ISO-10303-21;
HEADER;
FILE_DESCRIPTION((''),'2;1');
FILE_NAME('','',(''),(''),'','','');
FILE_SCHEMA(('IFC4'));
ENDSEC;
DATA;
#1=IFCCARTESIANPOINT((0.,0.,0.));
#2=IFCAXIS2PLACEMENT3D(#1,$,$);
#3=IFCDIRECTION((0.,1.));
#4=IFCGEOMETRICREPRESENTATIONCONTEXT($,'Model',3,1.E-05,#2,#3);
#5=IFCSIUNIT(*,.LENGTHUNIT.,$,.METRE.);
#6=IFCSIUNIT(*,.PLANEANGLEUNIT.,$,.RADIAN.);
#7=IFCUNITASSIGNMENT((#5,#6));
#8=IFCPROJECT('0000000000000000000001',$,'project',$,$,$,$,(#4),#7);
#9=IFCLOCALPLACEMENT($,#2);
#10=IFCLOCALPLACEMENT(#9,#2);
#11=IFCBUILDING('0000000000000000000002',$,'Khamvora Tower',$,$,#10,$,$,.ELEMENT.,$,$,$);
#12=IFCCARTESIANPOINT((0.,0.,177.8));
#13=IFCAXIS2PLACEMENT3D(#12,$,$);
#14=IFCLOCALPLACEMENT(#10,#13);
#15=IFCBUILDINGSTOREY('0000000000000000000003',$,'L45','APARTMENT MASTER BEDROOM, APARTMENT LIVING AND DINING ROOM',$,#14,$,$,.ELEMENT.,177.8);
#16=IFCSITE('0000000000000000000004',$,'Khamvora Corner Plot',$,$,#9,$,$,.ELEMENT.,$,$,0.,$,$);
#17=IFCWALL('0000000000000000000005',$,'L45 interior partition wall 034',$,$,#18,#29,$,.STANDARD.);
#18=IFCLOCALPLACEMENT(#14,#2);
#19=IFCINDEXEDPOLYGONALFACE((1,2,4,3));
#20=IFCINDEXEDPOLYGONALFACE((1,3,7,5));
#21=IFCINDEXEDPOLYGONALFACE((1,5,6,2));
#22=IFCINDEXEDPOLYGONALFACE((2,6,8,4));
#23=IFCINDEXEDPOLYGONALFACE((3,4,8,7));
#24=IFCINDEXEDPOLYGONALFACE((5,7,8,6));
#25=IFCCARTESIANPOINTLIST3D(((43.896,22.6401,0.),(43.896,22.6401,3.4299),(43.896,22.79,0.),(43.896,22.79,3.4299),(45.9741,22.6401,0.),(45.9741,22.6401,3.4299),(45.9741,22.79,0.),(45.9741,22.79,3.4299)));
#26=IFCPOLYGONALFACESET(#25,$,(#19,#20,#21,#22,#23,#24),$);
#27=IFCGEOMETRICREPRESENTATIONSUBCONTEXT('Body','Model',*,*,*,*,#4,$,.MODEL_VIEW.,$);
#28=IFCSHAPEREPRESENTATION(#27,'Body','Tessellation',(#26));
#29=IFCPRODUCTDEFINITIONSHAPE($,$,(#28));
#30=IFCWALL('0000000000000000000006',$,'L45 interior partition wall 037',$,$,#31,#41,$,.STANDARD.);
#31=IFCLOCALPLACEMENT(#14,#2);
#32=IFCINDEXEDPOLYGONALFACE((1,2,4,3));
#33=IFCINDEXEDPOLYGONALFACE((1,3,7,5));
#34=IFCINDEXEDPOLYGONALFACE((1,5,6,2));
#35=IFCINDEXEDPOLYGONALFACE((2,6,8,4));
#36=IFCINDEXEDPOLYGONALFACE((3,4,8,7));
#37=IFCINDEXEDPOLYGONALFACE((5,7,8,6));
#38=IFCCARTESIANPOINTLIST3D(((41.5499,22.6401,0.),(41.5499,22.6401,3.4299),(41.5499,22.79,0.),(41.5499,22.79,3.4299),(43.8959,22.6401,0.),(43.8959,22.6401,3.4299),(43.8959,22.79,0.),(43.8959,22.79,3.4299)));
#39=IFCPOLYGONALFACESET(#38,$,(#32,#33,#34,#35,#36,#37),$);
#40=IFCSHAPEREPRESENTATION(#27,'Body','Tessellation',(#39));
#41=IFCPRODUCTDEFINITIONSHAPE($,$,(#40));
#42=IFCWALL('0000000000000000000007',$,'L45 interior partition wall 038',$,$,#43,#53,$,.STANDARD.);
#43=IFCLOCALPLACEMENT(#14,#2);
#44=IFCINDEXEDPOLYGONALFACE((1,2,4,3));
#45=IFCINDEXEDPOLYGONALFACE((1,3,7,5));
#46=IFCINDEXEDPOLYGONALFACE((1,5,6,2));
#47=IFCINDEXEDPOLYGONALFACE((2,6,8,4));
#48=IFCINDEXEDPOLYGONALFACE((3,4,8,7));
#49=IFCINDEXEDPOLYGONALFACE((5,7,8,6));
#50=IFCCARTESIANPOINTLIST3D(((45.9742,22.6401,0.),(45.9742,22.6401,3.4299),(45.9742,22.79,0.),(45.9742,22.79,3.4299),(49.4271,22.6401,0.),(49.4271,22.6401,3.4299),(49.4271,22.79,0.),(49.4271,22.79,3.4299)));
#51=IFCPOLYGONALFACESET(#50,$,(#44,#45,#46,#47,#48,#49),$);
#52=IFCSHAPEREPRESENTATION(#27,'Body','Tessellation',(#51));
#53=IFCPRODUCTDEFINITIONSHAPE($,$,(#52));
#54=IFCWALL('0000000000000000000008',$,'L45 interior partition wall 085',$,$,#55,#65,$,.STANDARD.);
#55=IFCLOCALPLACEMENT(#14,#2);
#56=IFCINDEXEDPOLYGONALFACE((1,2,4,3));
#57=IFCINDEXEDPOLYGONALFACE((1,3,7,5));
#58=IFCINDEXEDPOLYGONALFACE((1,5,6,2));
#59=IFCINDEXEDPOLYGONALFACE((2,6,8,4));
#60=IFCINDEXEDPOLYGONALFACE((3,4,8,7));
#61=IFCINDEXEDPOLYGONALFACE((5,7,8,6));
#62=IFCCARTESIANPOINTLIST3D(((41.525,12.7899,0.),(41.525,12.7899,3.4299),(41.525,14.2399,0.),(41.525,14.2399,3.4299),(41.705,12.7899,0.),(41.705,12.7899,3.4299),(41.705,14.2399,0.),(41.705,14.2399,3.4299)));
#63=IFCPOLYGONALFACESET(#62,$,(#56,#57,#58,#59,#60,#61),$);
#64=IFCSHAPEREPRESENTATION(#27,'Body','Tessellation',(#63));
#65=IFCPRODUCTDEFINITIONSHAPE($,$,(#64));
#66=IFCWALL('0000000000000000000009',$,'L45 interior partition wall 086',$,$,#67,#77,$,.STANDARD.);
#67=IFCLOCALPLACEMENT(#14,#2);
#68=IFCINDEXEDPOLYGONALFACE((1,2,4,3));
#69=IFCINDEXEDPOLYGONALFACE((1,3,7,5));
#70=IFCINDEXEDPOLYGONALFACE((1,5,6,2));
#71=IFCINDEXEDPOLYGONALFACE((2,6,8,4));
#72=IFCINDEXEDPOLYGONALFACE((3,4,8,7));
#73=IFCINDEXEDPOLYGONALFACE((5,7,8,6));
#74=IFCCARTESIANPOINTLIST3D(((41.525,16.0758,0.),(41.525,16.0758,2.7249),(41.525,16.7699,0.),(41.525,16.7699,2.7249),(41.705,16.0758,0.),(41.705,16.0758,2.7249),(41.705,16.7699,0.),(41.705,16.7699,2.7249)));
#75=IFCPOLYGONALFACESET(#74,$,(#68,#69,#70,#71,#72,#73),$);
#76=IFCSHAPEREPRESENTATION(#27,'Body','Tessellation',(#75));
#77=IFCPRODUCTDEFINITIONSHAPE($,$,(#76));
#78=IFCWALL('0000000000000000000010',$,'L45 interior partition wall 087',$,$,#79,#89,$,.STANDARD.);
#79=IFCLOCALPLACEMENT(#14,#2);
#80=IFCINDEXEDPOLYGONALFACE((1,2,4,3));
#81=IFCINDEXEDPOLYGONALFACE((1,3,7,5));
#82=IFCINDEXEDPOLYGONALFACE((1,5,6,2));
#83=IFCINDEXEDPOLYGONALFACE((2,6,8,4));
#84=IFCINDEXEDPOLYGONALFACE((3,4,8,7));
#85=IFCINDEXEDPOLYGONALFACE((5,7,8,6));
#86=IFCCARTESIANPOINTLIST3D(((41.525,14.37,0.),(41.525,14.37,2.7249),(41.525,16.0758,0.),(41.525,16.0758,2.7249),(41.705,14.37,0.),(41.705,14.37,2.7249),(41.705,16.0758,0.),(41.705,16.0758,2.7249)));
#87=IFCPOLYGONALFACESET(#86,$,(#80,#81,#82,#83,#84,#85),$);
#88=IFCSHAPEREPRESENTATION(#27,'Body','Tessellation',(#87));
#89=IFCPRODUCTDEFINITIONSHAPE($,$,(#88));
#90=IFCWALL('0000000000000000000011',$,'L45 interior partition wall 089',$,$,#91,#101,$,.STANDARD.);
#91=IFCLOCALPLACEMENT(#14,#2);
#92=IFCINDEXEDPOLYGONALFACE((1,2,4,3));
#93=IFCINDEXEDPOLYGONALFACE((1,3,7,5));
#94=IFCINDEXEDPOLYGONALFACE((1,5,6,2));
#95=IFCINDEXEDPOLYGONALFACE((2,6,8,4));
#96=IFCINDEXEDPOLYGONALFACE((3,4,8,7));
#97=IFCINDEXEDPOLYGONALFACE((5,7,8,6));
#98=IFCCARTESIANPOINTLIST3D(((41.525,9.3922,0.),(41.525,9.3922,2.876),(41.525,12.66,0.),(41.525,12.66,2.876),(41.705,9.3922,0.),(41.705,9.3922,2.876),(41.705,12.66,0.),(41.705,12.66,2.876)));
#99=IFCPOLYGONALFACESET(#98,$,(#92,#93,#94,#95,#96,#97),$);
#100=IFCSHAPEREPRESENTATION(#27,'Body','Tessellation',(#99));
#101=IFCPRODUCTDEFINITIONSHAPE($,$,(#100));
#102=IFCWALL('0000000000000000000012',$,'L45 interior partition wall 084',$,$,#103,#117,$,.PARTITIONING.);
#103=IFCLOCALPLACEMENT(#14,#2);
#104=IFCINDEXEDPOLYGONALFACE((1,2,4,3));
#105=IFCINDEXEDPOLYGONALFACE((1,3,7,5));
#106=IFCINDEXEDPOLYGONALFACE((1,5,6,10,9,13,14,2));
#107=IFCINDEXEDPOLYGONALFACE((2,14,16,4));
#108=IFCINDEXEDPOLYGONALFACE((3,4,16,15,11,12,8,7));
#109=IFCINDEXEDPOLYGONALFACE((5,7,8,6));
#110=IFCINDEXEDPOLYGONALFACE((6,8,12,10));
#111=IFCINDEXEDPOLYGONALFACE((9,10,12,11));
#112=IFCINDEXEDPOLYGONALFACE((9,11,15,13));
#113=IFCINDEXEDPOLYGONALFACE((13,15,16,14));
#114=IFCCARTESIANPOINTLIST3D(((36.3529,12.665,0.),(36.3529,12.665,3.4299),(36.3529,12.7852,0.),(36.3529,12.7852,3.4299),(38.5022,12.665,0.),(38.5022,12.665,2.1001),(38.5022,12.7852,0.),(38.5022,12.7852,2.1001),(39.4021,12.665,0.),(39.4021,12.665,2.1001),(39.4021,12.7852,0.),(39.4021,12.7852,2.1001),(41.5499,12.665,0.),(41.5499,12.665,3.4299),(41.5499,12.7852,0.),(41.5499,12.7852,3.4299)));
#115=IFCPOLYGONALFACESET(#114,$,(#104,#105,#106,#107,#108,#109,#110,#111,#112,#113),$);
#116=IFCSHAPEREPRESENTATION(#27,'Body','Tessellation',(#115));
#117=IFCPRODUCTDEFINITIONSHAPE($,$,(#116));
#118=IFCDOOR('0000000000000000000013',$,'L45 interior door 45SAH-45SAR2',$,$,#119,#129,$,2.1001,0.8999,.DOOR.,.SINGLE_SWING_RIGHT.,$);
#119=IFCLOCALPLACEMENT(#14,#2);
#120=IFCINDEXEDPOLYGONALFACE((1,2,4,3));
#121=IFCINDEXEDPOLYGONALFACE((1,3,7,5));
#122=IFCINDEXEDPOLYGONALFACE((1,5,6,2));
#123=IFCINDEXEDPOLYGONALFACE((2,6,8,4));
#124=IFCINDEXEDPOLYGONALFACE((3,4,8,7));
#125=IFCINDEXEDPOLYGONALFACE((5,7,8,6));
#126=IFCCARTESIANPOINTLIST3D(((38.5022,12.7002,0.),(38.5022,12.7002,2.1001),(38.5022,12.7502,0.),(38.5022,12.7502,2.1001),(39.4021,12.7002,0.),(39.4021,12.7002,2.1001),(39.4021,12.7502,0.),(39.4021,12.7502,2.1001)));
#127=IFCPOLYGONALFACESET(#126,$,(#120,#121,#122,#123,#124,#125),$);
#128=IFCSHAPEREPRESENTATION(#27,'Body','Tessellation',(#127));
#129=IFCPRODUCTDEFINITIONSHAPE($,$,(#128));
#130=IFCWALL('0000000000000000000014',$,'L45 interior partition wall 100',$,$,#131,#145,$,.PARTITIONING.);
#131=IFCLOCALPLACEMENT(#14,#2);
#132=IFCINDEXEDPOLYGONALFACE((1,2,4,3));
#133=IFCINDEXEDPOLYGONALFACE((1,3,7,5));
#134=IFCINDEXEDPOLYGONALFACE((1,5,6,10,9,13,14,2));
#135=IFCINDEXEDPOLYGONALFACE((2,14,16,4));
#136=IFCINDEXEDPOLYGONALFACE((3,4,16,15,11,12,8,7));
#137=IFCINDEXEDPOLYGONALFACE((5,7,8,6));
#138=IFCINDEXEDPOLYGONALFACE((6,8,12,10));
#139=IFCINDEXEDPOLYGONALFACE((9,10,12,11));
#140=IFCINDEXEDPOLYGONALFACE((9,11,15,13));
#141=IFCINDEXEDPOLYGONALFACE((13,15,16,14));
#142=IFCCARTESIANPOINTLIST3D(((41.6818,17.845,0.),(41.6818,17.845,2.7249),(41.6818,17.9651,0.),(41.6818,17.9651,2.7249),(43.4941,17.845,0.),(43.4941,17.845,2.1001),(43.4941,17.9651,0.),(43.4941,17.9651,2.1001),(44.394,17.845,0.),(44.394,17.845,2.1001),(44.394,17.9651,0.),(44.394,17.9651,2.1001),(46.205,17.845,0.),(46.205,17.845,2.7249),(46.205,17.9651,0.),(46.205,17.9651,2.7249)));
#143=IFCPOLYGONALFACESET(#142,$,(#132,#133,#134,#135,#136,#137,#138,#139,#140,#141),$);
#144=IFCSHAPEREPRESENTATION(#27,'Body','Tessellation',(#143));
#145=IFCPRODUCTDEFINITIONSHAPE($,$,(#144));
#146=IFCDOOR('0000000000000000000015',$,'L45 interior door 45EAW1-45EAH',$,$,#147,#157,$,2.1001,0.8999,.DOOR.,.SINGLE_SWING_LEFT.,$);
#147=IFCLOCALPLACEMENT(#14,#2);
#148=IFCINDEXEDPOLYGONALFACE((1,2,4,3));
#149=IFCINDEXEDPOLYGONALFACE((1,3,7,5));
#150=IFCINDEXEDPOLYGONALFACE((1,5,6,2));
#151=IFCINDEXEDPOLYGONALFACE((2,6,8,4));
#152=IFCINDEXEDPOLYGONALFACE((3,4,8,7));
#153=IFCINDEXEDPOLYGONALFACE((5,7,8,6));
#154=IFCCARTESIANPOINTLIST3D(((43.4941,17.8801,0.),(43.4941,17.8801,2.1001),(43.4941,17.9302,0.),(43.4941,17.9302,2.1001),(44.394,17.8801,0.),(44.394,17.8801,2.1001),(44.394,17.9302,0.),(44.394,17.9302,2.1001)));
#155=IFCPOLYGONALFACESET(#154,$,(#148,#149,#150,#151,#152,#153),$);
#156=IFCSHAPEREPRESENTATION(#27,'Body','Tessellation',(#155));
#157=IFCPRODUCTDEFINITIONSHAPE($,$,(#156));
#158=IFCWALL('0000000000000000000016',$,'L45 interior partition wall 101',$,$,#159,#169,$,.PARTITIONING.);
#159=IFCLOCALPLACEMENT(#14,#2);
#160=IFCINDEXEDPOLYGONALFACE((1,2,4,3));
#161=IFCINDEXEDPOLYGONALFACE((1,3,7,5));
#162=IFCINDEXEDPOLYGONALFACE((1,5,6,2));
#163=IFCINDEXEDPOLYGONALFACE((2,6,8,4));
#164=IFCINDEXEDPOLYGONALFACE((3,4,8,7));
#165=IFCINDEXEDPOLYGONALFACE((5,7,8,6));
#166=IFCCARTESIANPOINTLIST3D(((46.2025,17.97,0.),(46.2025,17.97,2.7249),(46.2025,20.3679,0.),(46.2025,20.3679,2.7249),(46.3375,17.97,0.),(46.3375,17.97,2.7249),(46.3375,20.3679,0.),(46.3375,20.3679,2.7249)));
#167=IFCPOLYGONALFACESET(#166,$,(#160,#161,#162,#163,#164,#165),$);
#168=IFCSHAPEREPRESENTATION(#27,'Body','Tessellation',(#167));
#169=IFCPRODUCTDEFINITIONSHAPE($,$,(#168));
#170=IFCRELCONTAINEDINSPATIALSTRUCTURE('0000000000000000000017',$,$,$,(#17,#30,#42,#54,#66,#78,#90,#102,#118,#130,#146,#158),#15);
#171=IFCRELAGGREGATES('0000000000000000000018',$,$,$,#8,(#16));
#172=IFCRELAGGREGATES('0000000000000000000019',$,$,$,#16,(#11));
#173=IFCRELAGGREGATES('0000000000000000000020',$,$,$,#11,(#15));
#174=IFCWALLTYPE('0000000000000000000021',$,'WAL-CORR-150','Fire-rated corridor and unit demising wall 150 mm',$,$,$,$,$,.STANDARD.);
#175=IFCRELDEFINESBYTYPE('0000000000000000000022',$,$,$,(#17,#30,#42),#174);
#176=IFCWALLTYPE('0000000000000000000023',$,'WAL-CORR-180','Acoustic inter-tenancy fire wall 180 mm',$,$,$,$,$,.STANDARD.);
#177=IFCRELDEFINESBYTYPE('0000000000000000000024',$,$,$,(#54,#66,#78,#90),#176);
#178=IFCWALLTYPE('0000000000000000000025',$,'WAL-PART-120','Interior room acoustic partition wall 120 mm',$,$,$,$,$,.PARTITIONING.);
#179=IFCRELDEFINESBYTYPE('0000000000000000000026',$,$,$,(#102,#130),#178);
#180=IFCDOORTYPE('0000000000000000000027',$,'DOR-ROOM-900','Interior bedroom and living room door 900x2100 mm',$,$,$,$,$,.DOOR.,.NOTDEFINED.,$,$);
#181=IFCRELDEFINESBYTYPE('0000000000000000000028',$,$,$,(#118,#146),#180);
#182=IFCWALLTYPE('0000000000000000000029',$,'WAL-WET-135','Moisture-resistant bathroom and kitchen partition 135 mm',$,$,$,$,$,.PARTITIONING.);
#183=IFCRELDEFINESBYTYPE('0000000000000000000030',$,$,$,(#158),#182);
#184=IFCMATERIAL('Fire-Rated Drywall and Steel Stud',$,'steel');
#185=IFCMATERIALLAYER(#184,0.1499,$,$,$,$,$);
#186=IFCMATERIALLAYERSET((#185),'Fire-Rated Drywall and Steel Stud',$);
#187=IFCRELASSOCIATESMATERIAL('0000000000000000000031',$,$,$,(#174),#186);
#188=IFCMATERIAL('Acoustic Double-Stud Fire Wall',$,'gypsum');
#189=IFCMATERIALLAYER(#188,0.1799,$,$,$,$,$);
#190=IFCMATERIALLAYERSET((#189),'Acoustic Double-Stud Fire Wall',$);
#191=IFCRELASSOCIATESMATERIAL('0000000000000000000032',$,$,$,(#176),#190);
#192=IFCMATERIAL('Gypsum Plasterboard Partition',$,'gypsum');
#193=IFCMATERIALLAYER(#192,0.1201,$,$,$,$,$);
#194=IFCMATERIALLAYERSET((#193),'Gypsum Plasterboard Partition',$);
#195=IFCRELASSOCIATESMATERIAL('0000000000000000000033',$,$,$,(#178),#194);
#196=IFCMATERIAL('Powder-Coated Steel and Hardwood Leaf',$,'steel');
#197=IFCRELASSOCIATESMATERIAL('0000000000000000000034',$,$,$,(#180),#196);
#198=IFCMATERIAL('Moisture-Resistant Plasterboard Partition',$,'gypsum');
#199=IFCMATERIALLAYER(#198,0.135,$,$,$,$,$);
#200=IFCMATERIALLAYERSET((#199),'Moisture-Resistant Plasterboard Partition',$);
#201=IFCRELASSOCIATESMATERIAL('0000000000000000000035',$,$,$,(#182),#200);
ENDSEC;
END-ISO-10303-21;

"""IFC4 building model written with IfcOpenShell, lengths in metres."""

from ifc_helpers import new_model, si_unit, direction, frame, frame_2d, origin, place, context, subcontext, project, spatial, rectangle, extrude, material, layer, layer_set, type_object, element, fill, save


model = new_model("IFC4")

# Units and contexts
model_context = context("Model", 3, precision=1e-05, world=origin(), true_north=direction((0.0, 1.0)))
body_context = subcontext(model_context, "Body", "Model", "MODEL_VIEW")
ifc_project = project(units=[si_unit("LENGTHUNIT", "METRE"), si_unit("PLANEANGLEUNIT", "RADIAN")], contexts=[model_context])

# Site, building, storey
site_placement = place(None, origin())
site = spatial("IfcSite", under=ifc_project, at=site_placement, Name="Khamvora Corner Plot", CompositionType="ELEMENT", RefElevation=0.0)
building_placement = place(site_placement, origin())
building = spatial("IfcBuilding", under=site, at=building_placement, Name="Khamvora Tower", CompositionType="ELEMENT")
storey_placement = place(building_placement, frame((0.0, 0.0, 177.8)))
storey = spatial("IfcBuildingStorey", under=building, at=storey_placement, Name="L45", Description="APARTMENT MASTER BEDROOM, APARTMENT LIVING AND DINING ROOM", CompositionType="ELEMENT", Elevation=177.8)

# Walls
ifc_material_1 = material(Name="Fire-Rated Drywall and Steel Stud", Category="steel")
ifc_layer_1 = layer(ifc_material_1, 0.1499)
ifc_layer_set_1 = layer_set([ifc_layer_1], Name="Fire-Rated Drywall and Steel Stud")
wall_type_1 = type_object("IfcWallType", Name="WAL-CORR-150", Description="Fire-rated corridor and unit demising wall 150 mm", PredefinedType="STANDARD", material=ifc_layer_set_1)
wall_1_placement = place(storey_placement, frame((43.896, 22.7151, 0.0), z_axis=(0.0, 0.0, 1.0), x_axis=(1.0, 0.0, 0.0)))
element("IfcWall", 1, at=wall_1_placement, inside=storey, type_object=wall_type_1, Name="L45 interior partition wall 034", PredefinedType="STANDARD", context=body_context, shape_type="SweptSolid", body=[
    extrude(rectangle(XDim=2.0781, YDim=0.1499, at=frame_2d((1.0391, 0.0))), origin(), (0.0, 0.0, 1.0), 3.4299),
])
wall_2_placement = place(storey_placement, frame((41.55, 22.7151, 0.0), z_axis=(0.0, 0.0, 1.0), x_axis=(1.0, 0.0, 0.0)))
element("IfcWall", 2, at=wall_2_placement, inside=storey, type_object=wall_type_1, Name="L45 interior partition wall 037", PredefinedType="STANDARD", context=body_context, shape_type="SweptSolid", body=[
    extrude(rectangle(XDim=2.3459, YDim=0.1499, at=frame_2d((1.1729, 0.0))), origin(), (0.0, 0.0, 1.0), 3.4299),
])
wall_3_placement = place(storey_placement, frame((45.9741, 22.7151, 0.0), z_axis=(0.0, 0.0, 1.0), x_axis=(1.0, 0.0, 0.0)))
element("IfcWall", 3, at=wall_3_placement, inside=storey, type_object=wall_type_1, Name="L45 interior partition wall 038", PredefinedType="STANDARD", context=body_context, shape_type="SweptSolid", body=[
    extrude(rectangle(XDim=3.4529, YDim=0.1499, at=frame_2d((1.7266, 0.0))), origin(), (0.0, 0.0, 1.0), 3.4299),
])
ifc_material_2 = material(Name="Acoustic Double-Stud Fire Wall", Category="gypsum")
ifc_layer_2 = layer(ifc_material_2, 0.1799)
ifc_layer_set_2 = layer_set([ifc_layer_2], Name="Acoustic Double-Stud Fire Wall")
wall_type_2 = type_object("IfcWallType", Name="WAL-CORR-180", Description="Acoustic inter-tenancy fire wall 180 mm", PredefinedType="STANDARD", material=ifc_layer_set_2)
wall_4_placement = place(storey_placement, frame((41.615, 14.24, 0.0), z_axis=(0.0, 0.0, 1.0), x_axis=(0.0, -1.0, 0.0)))
element("IfcWall", 4, at=wall_4_placement, inside=storey, type_object=wall_type_2, Name="L45 interior partition wall 085", PredefinedType="STANDARD", context=body_context, shape_type="SweptSolid", body=[
    extrude(rectangle(XDim=1.45, YDim=0.1799, at=frame_2d((0.7251, 0.0))), origin(), (0.0, 0.0, 1.0), 3.4299),
])
wall_5_placement = place(storey_placement, frame((41.615, 16.77, 0.0), z_axis=(0.0, 0.0, 1.0), x_axis=(0.0, -1.0, 0.0)))
element("IfcWall", 5, at=wall_5_placement, inside=storey, type_object=wall_type_2, Name="L45 interior partition wall 086", PredefinedType="STANDARD", context=body_context, shape_type="SweptSolid", body=[
    extrude(rectangle(XDim=0.6941, YDim=0.1799, at=frame_2d((0.3472, 0.0))), origin(), (0.0, 0.0, 1.0), 2.7249),
])
wall_6_placement = place(storey_placement, frame((41.615, 16.0759, 0.0), z_axis=(0.0, 0.0, 1.0), x_axis=(0.0, -1.0, 0.0)))
element("IfcWall", 6, at=wall_6_placement, inside=storey, type_object=wall_type_2, Name="L45 interior partition wall 087", PredefinedType="STANDARD", context=body_context, shape_type="SweptSolid", body=[
    extrude(rectangle(XDim=1.7058, YDim=0.1799, at=frame_2d((0.853, 0.0))), origin(), (0.0, 0.0, 1.0), 2.7249),
])
wall_7_placement = place(storey_placement, frame((41.615, 12.6599, 0.0), z_axis=(0.0, 0.0, 1.0), x_axis=(0.0, -1.0, 0.0)))
element("IfcWall", 7, at=wall_7_placement, inside=storey, type_object=wall_type_2, Name="L45 interior partition wall 089", PredefinedType="STANDARD", context=body_context, shape_type="SweptSolid", body=[
    extrude(rectangle(XDim=3.2678, YDim=0.1799, at=frame_2d((1.6338, 0.0))), origin(), (0.0, 0.0, 1.0), 2.876),
])

# Walls, openings, doors
ifc_material_3 = material(Name="Gypsum Plasterboard Partition", Category="gypsum")
ifc_layer_3 = layer(ifc_material_3, 0.1201)
ifc_layer_set_3 = layer_set([ifc_layer_3], Name="Gypsum Plasterboard Partition")
wall_type_3 = type_object("IfcWallType", Name="WAL-PART-120", Description="Interior room acoustic partition wall 120 mm", PredefinedType="PARTITIONING", material=ifc_layer_set_3)
wall_8_placement = place(storey_placement, frame((41.55, 12.7251, 0.0), z_axis=(0.0, 0.0, 1.0), x_axis=(-1.0, 0.0, 0.0)))
wall_8 = element("IfcWall", 8, at=wall_8_placement, inside=storey, type_object=wall_type_3, Name="L45 interior partition wall 084", PredefinedType="PARTITIONING", context=body_context, shape_type="SweptSolid", body=[
    extrude(rectangle(XDim=5.197, YDim=0.1201, at=frame_2d((2.5986, 0.0))), origin(), (0.0, 0.0, 1.0), 3.4299),
])
opening_1_placement = place(wall_8_placement, frame((2.1479, 0.0, 0.0)))
opening_1 = element("IfcOpeningElement", 9, at=opening_1_placement, cuts=wall_8, PredefinedType="OPENING", context=body_context, shape_type="SweptSolid", body=[
    extrude(rectangle(XDim=0.8999, YDim=2.1001, at=frame_2d((0.45, 1.05))), frame((0.0, 0.0701, 0.0), z_axis=(0.0, -1.0, 0.0), x_axis=(1.0, 0.0, 0.0)), (0.0, 0.0, 1.0), 0.1401),
])
ifc_material_4 = material(Name="Powder-Coated Steel and Hardwood Leaf", Category="steel")
door_type_1 = type_object("IfcDoorType", Name="DOR-ROOM-900", Description="Interior bedroom and living room door 900x2100 mm", OperationType="NOTDEFINED", PredefinedType="DOOR", material=ifc_material_4)
door_1_placement = place(opening_1_placement, origin())
door_1 = element("IfcDoor", 10, at=door_1_placement, inside=storey, type_object=door_type_1, Name="L45 interior door 45SAH-45SAR2", OperationType="SINGLE_SWING_RIGHT", OverallHeight=2.1001, OverallWidth=0.8999, PredefinedType="DOOR", context=body_context, shape_type="SweptSolid", body=[
    extrude(rectangle(XDim=0.8999, YDim=2.1001, at=frame_2d((0.45, 1.05))), frame((0.0, 0.0249, 0.0), z_axis=(0.0, -1.0, 0.0), x_axis=(1.0, 0.0, 0.0)), (0.0, 0.0, 1.0), 0.05),
])
fill(opening_1, door_1)
wall_9_placement = place(storey_placement, frame((46.2051, 17.905, 0.0), z_axis=(0.0, 0.0, 1.0), x_axis=(-1.0, 0.0, 0.0)))
wall_9 = element("IfcWall", 11, at=wall_9_placement, inside=storey, type_object=wall_type_3, Name="L45 interior partition wall 100", PredefinedType="PARTITIONING", context=body_context, shape_type="SweptSolid", body=[
    extrude(rectangle(XDim=4.5232, YDim=0.1201, at=frame_2d((2.2617, 0.0))), origin(), (0.0, 0.0, 1.0), 2.7249),
])
opening_2_placement = place(wall_9_placement, frame((1.811, 0.0, 0.0)))
opening_2 = element("IfcOpeningElement", 12, at=opening_2_placement, cuts=wall_9, PredefinedType="OPENING", context=body_context, shape_type="SweptSolid", body=[
    extrude(rectangle(XDim=0.8999, YDim=2.1001, at=frame_2d((0.45, 1.05))), frame((0.0, 0.0701, 0.0), z_axis=(0.0, -1.0, 0.0), x_axis=(1.0, 0.0, 0.0)), (0.0, 0.0, 1.0), 0.1401),
])
door_2_placement = place(opening_2_placement, origin())
door_2 = element("IfcDoor", 13, at=door_2_placement, inside=storey, type_object=door_type_1, Name="L45 interior door 45EAW1-45EAH", OperationType="SINGLE_SWING_LEFT", OverallHeight=2.1001, OverallWidth=0.8999, PredefinedType="DOOR", context=body_context, shape_type="SweptSolid", body=[
    extrude(rectangle(XDim=0.8999, YDim=2.1001, at=frame_2d((0.45, 1.05))), frame((0.0, 0.0249, 0.0), z_axis=(0.0, -1.0, 0.0), x_axis=(1.0, 0.0, 0.0)), (0.0, 0.0, 1.0), 0.05),
])
fill(opening_2, door_2)

# Wall
ifc_material_5 = material(Name="Moisture-Resistant Plasterboard Partition", Category="gypsum")
ifc_layer_4 = layer(ifc_material_5, 0.135)
ifc_layer_set_4 = layer_set([ifc_layer_4], Name="Moisture-Resistant Plasterboard Partition")
wall_type_4 = type_object("IfcWallType", Name="WAL-WET-135", Description="Moisture-resistant bathroom and kitchen partition 135 mm", PredefinedType="PARTITIONING", material=ifc_layer_set_4)
wall_10_placement = place(storey_placement, frame((46.27, 20.3679, 0.0), z_axis=(0.0, 0.0, 1.0), x_axis=(0.0, -1.0, 0.0)))
element("IfcWall", 14, at=wall_10_placement, inside=storey, type_object=wall_type_4, Name="L45 interior partition wall 101", PredefinedType="PARTITIONING", context=body_context, shape_type="SweptSolid", body=[
    extrude(rectangle(XDim=2.3979, YDim=0.135, at=frame_2d((1.199, 0.0))), origin(), (0.0, 0.0, 1.0), 2.7249),
])

save(model, "model.ifc")
